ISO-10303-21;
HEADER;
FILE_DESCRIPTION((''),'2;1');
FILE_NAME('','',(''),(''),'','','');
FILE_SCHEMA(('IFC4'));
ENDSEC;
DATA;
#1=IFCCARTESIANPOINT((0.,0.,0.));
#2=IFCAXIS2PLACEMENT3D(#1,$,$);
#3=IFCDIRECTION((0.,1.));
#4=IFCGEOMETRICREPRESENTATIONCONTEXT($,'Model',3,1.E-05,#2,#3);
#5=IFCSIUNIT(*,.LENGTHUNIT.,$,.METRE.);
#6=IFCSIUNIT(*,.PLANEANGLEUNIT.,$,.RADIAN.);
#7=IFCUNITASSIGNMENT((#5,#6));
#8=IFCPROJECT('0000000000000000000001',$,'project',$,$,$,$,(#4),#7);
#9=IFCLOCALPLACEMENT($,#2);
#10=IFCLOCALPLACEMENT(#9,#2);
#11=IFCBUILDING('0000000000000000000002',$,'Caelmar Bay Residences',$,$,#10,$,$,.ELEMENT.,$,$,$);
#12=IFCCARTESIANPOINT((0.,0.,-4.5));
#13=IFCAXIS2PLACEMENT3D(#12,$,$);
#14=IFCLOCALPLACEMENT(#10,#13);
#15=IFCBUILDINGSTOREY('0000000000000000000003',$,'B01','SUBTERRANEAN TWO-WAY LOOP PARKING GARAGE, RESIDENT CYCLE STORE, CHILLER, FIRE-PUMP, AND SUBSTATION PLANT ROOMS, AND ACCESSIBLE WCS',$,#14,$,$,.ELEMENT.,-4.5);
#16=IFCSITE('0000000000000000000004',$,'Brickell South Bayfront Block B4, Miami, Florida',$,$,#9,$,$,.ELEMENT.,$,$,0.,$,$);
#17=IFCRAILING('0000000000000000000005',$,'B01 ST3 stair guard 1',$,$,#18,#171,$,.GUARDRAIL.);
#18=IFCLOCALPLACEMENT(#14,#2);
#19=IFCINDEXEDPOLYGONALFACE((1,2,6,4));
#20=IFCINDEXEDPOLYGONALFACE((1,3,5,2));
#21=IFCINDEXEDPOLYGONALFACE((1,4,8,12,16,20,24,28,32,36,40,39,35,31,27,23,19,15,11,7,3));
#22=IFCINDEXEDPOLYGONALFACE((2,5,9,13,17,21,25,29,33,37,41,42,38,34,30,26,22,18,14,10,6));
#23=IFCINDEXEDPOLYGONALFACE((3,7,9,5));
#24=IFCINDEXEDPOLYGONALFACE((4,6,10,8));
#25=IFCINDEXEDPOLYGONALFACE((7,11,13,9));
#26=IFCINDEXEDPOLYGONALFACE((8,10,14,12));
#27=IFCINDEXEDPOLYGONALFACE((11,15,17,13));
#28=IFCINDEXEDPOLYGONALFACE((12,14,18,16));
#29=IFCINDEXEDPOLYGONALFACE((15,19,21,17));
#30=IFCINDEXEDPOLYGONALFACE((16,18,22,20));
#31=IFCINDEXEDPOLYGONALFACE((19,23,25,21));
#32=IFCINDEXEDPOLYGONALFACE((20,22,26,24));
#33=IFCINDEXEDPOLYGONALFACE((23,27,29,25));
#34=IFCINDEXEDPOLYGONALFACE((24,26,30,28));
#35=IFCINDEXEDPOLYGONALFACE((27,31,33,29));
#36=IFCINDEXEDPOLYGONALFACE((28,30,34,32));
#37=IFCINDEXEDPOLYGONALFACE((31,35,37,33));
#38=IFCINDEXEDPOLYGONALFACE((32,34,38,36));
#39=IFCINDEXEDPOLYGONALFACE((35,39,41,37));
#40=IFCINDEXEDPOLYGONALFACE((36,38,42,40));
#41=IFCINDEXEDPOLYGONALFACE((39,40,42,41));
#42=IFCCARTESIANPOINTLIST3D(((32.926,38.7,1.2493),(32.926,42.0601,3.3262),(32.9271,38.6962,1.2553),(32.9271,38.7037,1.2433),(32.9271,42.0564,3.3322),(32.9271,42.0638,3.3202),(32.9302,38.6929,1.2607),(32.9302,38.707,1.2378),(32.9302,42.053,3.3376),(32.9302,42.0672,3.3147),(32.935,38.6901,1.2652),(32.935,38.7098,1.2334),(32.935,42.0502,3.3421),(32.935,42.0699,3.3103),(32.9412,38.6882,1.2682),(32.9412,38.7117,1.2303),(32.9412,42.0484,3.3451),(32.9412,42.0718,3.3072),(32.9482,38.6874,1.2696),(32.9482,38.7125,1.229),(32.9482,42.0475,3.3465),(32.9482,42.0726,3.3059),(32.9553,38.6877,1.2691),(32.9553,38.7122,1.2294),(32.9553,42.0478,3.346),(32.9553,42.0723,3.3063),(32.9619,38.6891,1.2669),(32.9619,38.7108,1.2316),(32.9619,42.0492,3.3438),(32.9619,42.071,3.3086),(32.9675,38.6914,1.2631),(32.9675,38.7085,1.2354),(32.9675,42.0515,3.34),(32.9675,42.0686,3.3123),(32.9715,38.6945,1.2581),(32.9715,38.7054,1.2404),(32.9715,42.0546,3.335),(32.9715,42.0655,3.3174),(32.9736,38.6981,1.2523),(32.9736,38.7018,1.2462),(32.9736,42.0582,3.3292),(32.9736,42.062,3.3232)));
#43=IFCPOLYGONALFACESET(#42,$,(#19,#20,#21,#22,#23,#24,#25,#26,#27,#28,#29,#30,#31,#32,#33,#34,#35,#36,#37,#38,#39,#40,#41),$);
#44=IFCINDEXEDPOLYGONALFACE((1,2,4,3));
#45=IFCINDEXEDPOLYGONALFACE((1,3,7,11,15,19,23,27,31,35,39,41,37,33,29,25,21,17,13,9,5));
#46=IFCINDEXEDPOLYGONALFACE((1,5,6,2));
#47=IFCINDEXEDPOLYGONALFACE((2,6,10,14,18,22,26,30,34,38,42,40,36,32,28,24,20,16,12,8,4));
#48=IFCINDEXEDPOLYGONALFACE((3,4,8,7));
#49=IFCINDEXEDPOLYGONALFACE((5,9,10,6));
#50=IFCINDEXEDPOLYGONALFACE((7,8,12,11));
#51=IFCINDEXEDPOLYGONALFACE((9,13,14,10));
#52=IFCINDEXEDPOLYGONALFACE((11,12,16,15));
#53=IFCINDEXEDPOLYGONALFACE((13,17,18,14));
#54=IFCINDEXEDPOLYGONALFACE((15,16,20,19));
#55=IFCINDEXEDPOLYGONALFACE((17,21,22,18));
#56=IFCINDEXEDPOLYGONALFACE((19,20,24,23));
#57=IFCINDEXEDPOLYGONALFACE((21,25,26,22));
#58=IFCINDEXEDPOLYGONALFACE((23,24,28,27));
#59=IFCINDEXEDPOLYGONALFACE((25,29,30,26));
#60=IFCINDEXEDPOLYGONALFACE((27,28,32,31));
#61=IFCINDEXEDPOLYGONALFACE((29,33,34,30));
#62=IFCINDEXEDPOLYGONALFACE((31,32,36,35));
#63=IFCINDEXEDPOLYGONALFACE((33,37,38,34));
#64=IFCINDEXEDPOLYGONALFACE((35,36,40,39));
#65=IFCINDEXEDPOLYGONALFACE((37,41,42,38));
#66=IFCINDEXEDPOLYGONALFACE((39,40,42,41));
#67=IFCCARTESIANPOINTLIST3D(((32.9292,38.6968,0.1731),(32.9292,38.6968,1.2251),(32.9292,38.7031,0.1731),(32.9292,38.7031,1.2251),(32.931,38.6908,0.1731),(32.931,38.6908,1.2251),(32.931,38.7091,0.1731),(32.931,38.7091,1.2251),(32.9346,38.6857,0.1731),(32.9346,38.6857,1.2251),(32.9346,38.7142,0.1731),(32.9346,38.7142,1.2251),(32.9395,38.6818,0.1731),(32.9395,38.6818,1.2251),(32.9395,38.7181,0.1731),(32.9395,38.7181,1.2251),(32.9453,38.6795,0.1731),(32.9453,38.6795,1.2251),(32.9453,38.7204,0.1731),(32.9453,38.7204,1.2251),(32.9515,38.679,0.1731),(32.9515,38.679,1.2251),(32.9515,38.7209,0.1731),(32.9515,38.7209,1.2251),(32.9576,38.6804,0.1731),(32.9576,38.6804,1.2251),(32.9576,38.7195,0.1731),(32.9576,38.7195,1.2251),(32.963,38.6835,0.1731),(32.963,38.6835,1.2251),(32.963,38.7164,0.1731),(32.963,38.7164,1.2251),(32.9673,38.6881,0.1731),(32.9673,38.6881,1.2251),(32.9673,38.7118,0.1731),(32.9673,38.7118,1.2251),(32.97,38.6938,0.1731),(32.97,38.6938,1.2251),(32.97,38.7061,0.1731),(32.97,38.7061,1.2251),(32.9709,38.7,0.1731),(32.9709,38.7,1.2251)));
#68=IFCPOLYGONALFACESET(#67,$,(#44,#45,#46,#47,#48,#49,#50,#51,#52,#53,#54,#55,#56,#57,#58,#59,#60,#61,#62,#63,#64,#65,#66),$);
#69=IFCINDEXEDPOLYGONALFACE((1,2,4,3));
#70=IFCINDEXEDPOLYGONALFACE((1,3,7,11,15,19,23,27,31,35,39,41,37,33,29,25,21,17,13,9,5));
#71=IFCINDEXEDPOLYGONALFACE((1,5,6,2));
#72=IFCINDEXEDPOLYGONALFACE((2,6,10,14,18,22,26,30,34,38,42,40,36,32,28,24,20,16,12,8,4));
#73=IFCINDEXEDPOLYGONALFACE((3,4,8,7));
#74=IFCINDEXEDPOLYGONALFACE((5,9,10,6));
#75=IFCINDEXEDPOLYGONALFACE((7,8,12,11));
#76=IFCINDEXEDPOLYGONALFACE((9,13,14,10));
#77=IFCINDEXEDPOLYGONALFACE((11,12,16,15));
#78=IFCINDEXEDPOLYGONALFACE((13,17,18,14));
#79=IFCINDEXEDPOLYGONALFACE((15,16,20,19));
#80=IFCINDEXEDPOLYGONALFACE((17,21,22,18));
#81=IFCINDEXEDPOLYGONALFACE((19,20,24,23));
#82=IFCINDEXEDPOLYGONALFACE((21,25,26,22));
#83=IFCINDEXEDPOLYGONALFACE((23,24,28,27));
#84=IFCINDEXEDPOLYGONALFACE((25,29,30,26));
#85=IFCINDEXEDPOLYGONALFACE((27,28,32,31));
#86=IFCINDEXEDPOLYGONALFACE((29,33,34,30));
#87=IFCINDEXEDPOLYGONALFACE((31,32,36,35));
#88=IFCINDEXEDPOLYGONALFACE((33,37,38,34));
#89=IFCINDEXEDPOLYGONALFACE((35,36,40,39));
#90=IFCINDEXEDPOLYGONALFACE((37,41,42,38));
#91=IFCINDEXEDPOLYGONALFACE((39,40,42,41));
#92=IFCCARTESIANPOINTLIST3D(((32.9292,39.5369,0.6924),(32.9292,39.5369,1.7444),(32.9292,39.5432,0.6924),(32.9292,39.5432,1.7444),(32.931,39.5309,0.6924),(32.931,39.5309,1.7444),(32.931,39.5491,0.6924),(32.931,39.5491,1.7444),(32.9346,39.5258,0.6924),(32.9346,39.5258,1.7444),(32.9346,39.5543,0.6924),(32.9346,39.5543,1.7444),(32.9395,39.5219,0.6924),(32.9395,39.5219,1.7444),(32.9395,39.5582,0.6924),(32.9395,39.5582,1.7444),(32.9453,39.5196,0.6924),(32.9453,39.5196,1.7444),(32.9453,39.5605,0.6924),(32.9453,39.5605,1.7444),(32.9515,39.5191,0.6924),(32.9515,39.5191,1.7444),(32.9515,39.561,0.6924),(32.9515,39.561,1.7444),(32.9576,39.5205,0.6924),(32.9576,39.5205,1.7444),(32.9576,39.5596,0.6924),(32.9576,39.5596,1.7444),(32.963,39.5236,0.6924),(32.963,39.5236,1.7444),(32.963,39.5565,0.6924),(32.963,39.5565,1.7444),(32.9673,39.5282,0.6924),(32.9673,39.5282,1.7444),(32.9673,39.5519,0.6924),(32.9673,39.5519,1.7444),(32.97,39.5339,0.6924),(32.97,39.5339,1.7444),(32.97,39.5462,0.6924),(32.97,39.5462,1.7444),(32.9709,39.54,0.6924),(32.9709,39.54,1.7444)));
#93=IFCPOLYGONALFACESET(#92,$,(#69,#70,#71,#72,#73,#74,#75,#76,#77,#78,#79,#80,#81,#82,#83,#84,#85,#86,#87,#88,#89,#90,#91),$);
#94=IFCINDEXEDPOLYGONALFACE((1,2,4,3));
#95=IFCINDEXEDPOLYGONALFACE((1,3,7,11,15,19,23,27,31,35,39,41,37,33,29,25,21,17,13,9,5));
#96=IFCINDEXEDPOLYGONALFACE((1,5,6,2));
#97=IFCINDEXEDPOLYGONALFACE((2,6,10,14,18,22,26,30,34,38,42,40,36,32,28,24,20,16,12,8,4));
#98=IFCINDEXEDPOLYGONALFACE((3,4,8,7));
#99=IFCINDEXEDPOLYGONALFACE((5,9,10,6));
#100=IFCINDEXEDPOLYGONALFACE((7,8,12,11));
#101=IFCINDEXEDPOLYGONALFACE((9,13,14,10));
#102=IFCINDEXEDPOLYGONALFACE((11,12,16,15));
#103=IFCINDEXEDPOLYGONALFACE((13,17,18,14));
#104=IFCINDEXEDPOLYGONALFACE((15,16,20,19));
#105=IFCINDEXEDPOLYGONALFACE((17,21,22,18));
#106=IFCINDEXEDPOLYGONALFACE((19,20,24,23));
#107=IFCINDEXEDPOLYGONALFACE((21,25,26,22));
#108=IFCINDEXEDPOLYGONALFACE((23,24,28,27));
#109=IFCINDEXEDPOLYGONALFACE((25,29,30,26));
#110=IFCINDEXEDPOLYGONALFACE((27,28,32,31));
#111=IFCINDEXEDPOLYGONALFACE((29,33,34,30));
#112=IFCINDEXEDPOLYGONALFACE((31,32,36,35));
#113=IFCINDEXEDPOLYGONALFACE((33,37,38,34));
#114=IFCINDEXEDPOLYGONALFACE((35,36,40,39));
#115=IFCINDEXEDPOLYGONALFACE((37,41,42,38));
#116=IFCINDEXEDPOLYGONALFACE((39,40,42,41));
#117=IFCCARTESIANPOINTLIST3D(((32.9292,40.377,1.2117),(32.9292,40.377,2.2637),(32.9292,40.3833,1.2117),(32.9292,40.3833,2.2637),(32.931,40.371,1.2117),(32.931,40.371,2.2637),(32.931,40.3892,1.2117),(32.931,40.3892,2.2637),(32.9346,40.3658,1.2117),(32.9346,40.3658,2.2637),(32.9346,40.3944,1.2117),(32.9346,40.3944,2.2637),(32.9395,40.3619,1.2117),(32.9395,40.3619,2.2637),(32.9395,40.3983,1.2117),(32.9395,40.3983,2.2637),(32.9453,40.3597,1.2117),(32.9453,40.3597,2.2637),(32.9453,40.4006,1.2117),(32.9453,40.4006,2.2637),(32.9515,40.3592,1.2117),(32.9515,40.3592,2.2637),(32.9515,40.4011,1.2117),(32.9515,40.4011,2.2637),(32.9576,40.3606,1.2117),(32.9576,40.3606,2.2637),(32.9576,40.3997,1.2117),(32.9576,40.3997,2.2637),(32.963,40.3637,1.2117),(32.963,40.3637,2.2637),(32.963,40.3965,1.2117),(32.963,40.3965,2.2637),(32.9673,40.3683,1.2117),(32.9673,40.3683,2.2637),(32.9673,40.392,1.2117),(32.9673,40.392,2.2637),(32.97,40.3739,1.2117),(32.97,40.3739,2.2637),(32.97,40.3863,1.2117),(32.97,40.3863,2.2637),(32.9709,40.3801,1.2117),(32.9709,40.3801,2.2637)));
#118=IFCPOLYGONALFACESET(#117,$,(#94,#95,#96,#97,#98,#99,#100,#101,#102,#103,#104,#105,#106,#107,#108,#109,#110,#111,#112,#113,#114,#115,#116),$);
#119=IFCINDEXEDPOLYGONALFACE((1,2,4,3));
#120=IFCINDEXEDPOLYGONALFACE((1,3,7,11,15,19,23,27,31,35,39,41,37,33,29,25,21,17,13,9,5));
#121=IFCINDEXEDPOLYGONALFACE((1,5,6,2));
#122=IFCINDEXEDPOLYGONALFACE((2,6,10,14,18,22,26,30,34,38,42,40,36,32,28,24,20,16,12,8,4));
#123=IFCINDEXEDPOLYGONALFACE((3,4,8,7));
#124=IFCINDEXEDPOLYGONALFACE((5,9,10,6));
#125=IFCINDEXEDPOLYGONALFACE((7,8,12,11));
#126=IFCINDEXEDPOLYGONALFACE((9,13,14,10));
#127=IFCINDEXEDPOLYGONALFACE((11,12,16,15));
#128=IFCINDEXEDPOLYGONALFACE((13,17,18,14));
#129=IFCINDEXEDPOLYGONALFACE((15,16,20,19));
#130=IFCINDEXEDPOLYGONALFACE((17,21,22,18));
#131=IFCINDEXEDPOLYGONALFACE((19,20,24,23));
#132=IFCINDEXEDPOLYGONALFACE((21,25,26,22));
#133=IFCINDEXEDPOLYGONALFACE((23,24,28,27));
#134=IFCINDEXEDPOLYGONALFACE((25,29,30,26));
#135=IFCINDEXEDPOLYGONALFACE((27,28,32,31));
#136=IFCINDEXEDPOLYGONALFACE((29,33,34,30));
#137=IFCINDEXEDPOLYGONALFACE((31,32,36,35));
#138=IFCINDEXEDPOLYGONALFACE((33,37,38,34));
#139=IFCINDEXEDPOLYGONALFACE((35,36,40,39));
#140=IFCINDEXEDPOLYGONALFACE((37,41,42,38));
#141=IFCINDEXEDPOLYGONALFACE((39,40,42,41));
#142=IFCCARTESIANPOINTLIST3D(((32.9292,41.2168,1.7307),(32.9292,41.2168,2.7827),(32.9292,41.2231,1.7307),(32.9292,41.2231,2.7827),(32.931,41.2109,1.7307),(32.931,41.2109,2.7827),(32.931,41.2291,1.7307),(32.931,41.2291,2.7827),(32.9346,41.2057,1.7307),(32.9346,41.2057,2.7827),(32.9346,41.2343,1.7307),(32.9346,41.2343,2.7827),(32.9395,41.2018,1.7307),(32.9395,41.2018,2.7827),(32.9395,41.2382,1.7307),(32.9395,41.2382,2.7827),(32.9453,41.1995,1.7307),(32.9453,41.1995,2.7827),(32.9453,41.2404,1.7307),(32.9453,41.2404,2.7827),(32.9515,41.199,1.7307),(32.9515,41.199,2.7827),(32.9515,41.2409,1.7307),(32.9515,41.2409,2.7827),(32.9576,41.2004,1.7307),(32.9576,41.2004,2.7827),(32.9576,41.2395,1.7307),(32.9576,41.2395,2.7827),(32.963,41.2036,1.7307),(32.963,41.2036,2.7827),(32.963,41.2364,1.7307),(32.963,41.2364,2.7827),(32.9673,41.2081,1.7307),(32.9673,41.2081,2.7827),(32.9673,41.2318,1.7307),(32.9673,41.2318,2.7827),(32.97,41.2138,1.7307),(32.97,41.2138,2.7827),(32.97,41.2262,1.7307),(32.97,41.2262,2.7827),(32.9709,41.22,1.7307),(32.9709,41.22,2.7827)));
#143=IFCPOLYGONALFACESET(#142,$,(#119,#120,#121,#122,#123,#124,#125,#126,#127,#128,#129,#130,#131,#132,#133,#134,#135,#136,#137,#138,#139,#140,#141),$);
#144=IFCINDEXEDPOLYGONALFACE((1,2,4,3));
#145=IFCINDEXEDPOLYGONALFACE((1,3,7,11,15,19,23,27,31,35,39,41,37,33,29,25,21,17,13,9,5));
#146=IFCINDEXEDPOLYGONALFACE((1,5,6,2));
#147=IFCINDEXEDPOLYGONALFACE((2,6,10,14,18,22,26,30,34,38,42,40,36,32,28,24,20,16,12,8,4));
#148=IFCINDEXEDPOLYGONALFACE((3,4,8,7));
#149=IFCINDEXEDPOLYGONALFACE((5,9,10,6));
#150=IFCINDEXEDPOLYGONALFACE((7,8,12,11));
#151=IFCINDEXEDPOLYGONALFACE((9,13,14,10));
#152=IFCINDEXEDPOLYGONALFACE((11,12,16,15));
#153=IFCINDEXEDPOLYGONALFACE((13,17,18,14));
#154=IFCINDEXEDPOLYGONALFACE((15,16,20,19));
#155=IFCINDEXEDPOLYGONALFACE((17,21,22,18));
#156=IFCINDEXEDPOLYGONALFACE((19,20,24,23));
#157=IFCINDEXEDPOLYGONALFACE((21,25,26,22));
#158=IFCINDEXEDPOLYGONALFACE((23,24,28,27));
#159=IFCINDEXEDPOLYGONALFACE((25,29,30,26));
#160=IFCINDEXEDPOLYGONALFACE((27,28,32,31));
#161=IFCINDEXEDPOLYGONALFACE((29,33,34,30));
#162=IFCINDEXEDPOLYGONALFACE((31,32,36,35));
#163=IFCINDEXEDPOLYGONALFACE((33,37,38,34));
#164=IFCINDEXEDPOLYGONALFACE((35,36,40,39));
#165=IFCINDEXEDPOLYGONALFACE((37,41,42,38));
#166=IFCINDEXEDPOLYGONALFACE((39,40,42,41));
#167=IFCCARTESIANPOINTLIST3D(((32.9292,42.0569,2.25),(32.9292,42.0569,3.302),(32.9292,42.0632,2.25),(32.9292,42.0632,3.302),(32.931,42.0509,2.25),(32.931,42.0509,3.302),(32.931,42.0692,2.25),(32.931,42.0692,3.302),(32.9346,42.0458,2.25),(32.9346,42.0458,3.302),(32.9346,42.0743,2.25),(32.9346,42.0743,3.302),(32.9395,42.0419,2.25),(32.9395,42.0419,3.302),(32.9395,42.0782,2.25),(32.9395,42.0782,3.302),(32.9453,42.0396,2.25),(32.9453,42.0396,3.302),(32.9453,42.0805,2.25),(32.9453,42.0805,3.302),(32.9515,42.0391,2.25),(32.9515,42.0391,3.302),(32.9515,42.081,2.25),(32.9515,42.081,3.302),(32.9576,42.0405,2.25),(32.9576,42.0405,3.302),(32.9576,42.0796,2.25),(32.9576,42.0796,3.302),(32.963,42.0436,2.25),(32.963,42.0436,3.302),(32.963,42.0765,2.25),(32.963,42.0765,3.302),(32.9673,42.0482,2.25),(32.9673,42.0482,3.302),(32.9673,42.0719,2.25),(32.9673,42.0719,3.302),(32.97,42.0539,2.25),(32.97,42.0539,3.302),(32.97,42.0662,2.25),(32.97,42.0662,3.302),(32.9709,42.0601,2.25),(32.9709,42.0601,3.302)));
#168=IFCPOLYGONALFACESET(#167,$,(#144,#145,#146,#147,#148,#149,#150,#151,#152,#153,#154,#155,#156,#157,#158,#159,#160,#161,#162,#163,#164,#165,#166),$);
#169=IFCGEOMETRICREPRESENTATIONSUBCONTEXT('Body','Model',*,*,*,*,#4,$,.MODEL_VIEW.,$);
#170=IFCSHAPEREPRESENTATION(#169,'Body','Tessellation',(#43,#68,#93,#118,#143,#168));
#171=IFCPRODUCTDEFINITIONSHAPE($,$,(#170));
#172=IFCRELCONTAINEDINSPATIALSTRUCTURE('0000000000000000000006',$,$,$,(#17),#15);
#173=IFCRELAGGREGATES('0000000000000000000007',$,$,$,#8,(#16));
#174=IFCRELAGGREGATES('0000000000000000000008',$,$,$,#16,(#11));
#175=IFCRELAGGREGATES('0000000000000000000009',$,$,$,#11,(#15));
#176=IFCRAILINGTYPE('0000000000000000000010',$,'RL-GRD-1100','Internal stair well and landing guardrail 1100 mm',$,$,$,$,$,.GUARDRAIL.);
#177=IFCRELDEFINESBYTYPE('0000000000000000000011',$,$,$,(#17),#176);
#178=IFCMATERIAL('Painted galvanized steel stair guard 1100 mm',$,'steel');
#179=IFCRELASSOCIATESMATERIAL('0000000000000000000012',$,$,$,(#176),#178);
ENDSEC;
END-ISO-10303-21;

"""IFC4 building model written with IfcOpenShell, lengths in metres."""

from ifc_helpers import new_model, si_unit, direction, frame, origin, origin_2d, place, context, subcontext, project, spatial, circle, extrude, material, type_object, element, save


model = new_model("IFC4")

# Units and contexts
model_context = context("Model", 3, precision=1e-05, world=origin(), true_north=direction((0.0, 1.0)))
body_context = subcontext(model_context, "Body", "Model", "MODEL_VIEW")
ifc_project = project(units=[si_unit("LENGTHUNIT", "METRE"), si_unit("PLANEANGLEUNIT", "RADIAN")], contexts=[model_context])

# Site, building, storey
site_placement = place(None, origin())
site = spatial("IfcSite", under=ifc_project, at=site_placement, Name="Brickell South Bayfront Block B4, Miami, Florida", CompositionType="ELEMENT", RefElevation=0.0)
building_placement = place(site_placement, origin())
building = spatial("IfcBuilding", under=site, at=building_placement, Name="Caelmar Bay Residences", CompositionType="ELEMENT")
storey_placement = place(building_placement, frame((0.0, 0.0, -4.5)))
storey = spatial("IfcBuildingStorey", under=building, at=storey_placement, Name="B01", Description="SUBTERRANEAN TWO-WAY LOOP PARKING GARAGE, RESIDENT CYCLE STORE, CHILLER, FIRE-PUMP, AND SUBSTATION PLANT ROOMS, AND ACCESSIBLE WCS", CompositionType="ELEMENT", Elevation=-4.5)

# Railing
ifc_material_1 = material(Name="Painted galvanized steel stair guard 1100 mm", Category="steel")
railing_type_1 = type_object("IfcRailingType", Name="RL-GRD-1100", Description="Internal stair well and landing guardrail 1100 mm", PredefinedType="GUARDRAIL", material=ifc_material_1)
railing_1_placement = place(storey_placement, frame((32.95, 38.7, 0.1731)))
element("IfcRailing", 1, at=railing_1_placement, inside=storey, type_object=railing_type_1, Name="B01 ST3 stair guard 1", PredefinedType="GUARDRAIL", context=body_context, shape_type="SweptSolid", body=[
    extrude(circle(Radius=0.0239, at=origin_2d()), frame((0.0, 0.0, 1.0762), z_axis=(0.0, 0.850623, 0.525776), x_axis=(-1.0, 0.0, 0.0)), (0.0, 0.0, 1.0), 3.9502),
    extrude(circle(Radius=0.021, at=origin_2d()), origin(), (0.0, 0.0, 1.0), 1.052),
    extrude(circle(Radius=0.021, at=origin_2d()), frame((0.0, 0.8401, 0.5193)), (0.0, 0.0, 1.0), 1.052),
    extrude(circle(Radius=0.021, at=origin_2d()), frame((0.0, 1.6802, 1.0386)), (0.0, 0.0, 1.0), 1.052),
    extrude(circle(Radius=0.021, at=origin_2d()), frame((0.0, 2.52, 1.5576)), (0.0, 0.0, 1.0), 1.052),
    extrude(circle(Radius=0.021, at=origin_2d()), frame((0.0, 3.3601, 2.0769)), (0.0, 0.0, 1.0), 1.052),
])

save(model, "model.ifc")
